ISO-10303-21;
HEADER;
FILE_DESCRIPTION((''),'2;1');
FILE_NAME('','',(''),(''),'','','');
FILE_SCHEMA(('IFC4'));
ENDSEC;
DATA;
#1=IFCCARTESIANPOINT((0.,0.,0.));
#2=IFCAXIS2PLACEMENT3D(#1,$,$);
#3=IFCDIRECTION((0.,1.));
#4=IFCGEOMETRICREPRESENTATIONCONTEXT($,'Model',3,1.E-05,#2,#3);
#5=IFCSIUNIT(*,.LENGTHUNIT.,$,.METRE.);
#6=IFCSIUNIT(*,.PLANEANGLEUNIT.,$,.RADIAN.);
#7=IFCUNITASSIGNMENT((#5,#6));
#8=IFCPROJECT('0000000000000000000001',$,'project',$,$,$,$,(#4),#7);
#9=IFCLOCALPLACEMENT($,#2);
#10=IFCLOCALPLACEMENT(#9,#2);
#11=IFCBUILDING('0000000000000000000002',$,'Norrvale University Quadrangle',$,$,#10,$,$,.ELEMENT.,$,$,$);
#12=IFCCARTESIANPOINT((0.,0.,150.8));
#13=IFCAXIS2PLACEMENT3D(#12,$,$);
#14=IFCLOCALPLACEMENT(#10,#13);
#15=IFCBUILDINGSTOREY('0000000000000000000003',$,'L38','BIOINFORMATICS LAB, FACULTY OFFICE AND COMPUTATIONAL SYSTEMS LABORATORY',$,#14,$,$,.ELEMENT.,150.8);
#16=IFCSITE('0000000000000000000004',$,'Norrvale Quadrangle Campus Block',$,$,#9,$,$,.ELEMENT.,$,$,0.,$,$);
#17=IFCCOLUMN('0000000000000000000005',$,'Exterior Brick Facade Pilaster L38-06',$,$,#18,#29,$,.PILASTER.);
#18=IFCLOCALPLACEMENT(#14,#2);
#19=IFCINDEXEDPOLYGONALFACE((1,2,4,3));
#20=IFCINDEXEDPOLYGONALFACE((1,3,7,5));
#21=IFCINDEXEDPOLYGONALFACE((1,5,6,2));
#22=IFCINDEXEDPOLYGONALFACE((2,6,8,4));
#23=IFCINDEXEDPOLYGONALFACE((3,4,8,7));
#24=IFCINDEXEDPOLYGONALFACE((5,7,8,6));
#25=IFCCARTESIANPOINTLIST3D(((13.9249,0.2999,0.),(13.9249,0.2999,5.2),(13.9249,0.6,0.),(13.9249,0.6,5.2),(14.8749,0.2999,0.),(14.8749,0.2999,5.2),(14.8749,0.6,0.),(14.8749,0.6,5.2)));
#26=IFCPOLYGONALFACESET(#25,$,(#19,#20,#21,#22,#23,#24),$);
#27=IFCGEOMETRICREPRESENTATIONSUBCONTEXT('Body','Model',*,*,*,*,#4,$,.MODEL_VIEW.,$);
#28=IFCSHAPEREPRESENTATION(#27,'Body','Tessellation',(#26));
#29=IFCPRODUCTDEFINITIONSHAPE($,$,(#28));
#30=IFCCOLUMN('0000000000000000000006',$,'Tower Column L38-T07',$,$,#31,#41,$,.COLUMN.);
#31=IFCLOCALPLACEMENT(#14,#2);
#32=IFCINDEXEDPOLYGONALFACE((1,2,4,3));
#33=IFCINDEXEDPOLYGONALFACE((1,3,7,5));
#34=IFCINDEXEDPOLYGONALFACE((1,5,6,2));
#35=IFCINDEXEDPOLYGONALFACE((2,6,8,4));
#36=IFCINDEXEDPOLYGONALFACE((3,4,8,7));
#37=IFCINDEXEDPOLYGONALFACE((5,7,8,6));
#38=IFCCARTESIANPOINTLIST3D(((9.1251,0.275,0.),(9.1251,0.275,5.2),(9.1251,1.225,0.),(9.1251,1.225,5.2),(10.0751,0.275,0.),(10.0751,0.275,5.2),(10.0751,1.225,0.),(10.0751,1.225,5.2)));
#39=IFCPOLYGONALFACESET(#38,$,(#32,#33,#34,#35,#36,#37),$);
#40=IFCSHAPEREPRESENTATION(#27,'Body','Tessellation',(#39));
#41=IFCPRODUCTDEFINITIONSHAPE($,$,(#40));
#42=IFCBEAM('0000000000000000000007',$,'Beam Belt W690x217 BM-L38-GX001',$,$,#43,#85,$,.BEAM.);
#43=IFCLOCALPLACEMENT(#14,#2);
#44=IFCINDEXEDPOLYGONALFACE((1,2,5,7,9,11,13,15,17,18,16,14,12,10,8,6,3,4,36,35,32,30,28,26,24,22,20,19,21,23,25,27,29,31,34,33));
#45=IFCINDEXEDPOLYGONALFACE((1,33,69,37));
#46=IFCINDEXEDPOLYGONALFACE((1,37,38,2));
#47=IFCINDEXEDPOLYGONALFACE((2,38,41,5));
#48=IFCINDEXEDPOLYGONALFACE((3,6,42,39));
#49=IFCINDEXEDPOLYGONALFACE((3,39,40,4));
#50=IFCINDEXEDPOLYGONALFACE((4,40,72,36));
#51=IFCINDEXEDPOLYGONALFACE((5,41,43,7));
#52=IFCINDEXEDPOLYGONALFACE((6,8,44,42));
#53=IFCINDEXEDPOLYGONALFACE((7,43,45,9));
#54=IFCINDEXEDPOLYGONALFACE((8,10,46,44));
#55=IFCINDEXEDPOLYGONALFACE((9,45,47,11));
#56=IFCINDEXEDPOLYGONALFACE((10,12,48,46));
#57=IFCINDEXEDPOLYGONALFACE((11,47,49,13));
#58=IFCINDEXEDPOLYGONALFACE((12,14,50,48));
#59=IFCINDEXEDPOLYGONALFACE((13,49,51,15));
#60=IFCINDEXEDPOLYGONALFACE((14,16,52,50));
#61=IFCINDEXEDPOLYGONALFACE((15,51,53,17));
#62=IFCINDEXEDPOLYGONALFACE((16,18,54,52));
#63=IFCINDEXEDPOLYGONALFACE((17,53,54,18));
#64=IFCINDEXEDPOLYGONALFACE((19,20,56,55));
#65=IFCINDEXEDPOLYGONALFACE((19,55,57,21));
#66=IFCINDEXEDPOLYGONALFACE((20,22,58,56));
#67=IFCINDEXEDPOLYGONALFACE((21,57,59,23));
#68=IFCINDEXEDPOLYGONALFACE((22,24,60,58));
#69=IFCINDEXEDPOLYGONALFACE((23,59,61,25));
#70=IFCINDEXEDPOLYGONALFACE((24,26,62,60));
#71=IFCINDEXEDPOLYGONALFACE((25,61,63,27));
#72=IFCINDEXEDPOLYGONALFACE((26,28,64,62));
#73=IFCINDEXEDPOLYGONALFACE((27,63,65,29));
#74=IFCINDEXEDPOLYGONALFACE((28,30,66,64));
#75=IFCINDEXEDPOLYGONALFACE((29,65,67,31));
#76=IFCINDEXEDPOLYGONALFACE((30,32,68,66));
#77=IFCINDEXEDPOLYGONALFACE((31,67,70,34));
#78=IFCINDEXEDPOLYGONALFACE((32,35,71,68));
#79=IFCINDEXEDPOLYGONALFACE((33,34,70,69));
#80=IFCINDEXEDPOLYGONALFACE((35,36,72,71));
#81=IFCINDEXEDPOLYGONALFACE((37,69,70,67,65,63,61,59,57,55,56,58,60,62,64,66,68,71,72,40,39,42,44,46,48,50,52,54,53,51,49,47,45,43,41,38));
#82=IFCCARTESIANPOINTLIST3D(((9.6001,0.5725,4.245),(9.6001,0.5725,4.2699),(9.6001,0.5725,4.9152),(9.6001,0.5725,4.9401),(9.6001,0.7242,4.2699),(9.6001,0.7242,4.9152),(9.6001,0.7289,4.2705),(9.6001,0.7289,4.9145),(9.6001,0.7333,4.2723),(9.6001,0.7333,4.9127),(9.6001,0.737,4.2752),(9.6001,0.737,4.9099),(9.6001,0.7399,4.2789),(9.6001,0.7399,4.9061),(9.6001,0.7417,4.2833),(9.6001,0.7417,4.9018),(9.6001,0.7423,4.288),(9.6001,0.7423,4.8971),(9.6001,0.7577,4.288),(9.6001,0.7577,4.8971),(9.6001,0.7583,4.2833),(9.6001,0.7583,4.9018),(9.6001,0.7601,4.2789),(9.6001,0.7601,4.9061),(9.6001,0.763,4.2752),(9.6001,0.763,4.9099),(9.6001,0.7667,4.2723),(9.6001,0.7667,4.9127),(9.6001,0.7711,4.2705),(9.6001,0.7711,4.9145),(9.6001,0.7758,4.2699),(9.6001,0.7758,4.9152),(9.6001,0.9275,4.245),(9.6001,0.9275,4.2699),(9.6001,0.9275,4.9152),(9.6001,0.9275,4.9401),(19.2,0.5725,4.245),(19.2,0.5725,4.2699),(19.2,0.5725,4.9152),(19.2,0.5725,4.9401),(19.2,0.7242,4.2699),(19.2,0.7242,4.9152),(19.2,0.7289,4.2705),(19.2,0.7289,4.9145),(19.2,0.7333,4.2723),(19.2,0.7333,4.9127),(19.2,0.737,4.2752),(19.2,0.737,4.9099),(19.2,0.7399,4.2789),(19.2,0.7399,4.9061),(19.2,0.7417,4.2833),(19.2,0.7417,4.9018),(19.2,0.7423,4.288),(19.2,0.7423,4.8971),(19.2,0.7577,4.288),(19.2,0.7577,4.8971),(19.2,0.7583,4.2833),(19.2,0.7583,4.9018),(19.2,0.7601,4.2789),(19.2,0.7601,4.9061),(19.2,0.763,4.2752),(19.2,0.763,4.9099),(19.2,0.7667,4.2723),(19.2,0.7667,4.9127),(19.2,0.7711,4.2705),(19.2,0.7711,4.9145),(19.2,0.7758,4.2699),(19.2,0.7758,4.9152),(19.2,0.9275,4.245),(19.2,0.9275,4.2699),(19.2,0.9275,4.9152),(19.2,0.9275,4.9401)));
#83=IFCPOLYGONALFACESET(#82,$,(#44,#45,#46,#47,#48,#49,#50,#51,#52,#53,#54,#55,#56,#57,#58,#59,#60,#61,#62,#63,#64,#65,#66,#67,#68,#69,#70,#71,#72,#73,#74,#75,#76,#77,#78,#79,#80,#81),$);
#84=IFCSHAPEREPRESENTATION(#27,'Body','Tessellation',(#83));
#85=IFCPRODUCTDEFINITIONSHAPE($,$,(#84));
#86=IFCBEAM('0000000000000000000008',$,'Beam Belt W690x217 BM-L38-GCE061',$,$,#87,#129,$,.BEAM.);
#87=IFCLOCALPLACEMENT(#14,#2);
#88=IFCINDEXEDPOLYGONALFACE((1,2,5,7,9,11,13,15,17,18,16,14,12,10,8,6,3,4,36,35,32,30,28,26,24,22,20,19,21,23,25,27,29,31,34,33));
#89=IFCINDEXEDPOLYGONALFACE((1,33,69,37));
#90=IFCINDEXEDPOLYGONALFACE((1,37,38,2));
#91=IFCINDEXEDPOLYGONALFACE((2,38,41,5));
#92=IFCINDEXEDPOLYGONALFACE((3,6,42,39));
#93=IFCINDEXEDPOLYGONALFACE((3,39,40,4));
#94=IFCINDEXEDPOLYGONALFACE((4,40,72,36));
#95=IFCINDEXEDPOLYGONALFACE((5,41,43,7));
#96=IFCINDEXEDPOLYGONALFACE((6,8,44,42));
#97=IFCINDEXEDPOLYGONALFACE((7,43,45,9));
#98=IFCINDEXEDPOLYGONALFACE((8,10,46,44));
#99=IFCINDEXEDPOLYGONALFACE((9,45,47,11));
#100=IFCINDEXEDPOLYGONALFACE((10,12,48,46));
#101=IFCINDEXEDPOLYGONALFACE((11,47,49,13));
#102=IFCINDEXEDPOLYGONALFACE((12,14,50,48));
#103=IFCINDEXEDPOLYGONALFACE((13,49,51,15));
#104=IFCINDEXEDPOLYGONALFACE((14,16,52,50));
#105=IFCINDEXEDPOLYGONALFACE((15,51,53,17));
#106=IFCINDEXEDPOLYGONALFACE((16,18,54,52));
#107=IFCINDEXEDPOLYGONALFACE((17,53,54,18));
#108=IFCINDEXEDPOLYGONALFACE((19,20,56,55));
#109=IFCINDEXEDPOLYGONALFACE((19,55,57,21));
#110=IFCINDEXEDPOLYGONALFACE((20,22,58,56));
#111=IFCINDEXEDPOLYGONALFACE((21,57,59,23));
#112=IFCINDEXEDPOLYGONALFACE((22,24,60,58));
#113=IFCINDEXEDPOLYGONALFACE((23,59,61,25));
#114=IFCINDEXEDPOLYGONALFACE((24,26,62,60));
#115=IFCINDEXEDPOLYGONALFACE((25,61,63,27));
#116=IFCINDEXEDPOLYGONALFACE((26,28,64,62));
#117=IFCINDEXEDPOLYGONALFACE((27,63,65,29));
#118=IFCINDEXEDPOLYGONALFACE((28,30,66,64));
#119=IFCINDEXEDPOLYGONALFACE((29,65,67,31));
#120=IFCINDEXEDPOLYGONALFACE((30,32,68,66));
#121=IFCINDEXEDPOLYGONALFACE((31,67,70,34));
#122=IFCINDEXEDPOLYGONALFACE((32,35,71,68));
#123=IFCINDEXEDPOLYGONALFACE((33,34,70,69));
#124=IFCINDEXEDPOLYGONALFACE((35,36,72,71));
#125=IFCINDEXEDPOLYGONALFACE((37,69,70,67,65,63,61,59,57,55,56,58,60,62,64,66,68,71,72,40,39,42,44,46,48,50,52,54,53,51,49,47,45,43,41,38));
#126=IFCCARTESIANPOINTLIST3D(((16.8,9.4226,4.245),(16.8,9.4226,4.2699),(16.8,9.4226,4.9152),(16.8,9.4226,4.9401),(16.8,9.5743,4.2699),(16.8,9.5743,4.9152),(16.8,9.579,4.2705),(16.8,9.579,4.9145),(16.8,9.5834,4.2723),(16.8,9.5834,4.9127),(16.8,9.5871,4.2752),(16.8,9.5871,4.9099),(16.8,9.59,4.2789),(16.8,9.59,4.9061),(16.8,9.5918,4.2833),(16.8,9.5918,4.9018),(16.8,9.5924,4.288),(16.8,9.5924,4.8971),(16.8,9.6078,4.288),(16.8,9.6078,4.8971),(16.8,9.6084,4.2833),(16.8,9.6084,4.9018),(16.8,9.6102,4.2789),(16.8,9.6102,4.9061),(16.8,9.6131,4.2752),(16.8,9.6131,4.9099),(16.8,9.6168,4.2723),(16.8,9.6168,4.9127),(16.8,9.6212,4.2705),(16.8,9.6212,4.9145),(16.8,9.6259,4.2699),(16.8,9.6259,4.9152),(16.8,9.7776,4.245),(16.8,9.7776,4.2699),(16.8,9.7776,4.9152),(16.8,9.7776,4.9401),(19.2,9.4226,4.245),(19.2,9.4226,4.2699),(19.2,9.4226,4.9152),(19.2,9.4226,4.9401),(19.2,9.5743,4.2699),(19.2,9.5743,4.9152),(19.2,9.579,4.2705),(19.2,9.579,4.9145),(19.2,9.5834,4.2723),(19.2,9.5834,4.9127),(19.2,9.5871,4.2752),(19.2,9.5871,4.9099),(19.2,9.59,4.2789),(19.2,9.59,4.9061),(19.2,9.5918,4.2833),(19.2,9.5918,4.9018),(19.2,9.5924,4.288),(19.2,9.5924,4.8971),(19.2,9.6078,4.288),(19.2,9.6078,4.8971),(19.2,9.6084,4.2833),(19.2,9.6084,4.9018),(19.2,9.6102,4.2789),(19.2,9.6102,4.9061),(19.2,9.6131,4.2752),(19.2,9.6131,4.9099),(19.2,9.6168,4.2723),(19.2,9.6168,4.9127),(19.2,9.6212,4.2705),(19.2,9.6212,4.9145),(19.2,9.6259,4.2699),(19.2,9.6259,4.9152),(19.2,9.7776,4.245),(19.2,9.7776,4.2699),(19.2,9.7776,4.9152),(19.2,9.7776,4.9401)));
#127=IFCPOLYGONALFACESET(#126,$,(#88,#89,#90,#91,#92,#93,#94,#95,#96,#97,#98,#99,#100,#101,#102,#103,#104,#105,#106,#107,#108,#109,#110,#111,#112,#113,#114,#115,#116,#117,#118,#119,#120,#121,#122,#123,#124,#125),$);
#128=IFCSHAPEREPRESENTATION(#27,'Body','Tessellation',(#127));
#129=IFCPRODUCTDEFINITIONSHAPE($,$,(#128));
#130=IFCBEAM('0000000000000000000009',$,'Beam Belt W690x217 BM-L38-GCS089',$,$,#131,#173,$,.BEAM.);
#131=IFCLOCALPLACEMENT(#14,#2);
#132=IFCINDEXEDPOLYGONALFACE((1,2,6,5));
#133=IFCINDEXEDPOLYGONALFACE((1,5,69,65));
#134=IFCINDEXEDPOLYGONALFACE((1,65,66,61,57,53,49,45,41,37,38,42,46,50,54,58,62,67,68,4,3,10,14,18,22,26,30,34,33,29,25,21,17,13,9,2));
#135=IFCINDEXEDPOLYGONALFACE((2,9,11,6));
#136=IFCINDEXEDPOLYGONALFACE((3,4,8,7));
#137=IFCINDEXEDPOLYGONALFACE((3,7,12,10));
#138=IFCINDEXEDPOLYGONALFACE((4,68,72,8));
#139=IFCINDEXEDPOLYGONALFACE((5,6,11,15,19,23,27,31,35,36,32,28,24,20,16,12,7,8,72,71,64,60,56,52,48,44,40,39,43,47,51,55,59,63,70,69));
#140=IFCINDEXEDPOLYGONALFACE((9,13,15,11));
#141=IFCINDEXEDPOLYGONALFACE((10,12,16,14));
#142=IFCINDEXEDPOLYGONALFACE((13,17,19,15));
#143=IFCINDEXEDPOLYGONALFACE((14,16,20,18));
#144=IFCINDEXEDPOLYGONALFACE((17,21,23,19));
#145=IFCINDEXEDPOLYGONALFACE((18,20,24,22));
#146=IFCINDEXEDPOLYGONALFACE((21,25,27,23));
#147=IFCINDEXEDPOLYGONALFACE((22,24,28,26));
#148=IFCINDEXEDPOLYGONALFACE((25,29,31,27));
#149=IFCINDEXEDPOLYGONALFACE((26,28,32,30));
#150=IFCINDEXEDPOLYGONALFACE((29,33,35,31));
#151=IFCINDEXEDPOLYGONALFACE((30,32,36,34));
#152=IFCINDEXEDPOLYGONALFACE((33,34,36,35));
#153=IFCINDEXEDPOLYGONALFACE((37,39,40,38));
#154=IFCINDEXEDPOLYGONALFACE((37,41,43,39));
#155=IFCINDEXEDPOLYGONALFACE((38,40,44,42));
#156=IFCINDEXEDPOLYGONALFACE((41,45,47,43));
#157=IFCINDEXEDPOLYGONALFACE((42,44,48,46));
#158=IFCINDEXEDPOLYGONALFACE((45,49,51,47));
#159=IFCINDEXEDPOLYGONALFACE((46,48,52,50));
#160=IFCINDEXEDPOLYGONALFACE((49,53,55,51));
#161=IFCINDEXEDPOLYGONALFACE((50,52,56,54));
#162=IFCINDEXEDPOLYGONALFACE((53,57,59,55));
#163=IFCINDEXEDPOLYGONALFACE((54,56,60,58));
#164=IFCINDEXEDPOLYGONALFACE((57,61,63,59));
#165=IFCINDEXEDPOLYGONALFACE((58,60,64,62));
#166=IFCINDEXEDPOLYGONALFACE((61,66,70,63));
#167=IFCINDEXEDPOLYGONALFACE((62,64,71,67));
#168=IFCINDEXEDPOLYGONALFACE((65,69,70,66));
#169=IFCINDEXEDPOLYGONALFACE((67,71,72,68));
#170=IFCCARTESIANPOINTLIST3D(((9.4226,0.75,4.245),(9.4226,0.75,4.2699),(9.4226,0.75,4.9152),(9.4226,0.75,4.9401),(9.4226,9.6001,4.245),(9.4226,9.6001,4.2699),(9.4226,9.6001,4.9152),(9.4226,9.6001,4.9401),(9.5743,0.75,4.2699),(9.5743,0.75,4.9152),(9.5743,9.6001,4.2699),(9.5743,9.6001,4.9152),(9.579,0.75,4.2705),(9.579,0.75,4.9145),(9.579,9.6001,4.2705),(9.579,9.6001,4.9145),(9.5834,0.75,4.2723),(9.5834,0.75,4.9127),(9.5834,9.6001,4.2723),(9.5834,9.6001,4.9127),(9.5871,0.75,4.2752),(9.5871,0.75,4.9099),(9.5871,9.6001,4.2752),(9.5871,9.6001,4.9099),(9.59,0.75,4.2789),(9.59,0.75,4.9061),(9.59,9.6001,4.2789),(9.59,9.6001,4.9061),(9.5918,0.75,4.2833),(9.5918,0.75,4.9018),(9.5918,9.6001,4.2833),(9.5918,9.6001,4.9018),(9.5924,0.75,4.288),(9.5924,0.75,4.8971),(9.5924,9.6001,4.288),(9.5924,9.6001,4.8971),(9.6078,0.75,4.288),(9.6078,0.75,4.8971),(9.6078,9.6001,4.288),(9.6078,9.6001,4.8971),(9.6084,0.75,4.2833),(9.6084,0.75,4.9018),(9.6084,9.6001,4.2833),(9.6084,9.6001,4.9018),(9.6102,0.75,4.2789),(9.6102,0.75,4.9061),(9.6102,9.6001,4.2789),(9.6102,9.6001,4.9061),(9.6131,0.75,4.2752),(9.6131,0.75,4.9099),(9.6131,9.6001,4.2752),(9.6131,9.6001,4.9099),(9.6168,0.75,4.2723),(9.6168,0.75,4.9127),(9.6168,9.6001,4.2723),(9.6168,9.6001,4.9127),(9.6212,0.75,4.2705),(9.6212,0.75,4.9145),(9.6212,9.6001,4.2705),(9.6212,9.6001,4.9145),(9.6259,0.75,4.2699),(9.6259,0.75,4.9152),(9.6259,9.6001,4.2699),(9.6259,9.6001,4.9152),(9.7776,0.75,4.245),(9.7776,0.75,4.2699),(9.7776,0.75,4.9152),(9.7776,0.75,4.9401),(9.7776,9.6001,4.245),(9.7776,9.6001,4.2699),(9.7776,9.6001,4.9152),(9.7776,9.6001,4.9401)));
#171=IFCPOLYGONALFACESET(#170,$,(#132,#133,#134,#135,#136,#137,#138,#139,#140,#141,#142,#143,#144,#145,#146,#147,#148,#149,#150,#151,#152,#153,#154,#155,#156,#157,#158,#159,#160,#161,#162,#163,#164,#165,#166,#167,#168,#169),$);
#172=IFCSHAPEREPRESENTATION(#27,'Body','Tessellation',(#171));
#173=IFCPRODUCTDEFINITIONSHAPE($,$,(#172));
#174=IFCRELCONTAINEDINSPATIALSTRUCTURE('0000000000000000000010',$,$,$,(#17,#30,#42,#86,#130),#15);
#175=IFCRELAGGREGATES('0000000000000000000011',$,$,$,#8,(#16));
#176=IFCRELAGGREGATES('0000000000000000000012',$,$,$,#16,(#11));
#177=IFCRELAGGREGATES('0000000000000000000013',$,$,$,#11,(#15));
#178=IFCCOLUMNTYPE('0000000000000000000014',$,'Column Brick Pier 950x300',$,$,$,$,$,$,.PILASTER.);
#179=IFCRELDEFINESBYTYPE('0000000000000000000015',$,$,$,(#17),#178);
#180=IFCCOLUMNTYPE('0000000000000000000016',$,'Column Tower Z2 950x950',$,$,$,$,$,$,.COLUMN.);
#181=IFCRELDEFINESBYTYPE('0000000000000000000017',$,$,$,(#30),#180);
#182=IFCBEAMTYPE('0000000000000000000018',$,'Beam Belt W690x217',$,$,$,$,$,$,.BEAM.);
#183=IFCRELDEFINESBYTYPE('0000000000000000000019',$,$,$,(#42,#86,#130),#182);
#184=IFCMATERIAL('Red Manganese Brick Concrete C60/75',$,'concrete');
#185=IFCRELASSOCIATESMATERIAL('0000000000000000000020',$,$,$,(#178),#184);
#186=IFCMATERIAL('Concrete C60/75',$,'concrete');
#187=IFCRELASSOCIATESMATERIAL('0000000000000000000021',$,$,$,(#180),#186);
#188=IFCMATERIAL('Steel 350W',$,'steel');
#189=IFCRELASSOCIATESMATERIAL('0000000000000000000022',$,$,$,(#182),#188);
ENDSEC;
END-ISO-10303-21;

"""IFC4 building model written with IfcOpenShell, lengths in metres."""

from ifc_helpers import new_model, si_unit, direction, frame, origin, origin_2d, place, context, subcontext, project, spatial, rectangle, i_section, extrude, material, material_profile, profile_set, type_object, element, save


model = new_model("IFC4")

# Units and contexts
model_context = context("Model", 3, precision=1e-05, world=origin(), true_north=direction((0.0, 1.0)))
body_context = subcontext(model_context, "Body", "Model", "MODEL_VIEW")
ifc_project = project(units=[si_unit("LENGTHUNIT", "METRE"), si_unit("PLANEANGLEUNIT", "RADIAN")], contexts=[model_context])

# Site, building, storey
site_placement = place(None, origin())
site = spatial("IfcSite", under=ifc_project, at=site_placement, Name="Norrvale Quadrangle Campus Block", CompositionType="ELEMENT", RefElevation=0.0)
building_placement = place(site_placement, origin())
building = spatial("IfcBuilding", under=site, at=building_placement, Name="Norrvale University Quadrangle", CompositionType="ELEMENT")
storey_placement = place(building_placement, frame((0.0, 0.0, 150.8)))
storey = spatial("IfcBuildingStorey", under=building, at=storey_placement, Name="L38", Description="BIOINFORMATICS LAB, FACULTY OFFICE AND COMPUTATIONAL SYSTEMS LABORATORY", CompositionType="ELEMENT", Elevation=150.8)

# Columns
ifc_material_1 = material(Name="Red Manganese Brick Concrete C60/75", Category="concrete")
ifc_material_profile_1 = material_profile(ifc_material_1, rectangle(XDim=0.95, YDim=0.3, at=origin_2d()), Name="Red Manganese Brick Concrete C60/75")
ifc_profile_set_1 = profile_set([ifc_material_profile_1], Name="Red Manganese Brick Concrete C60/75")
column_type_1 = type_object("IfcColumnType", Name="Column Brick Pier 950x300", PredefinedType="PILASTER", material=ifc_profile_set_1)
column_1_placement = place(storey_placement, frame((14.3999, 0.45, 0.0), z_axis=(0.0, 0.0, 1.0), x_axis=(1.0, 0.0, 0.0)))
element("IfcColumn", 1, at=column_1_placement, inside=storey, type_object=column_type_1, Name="Exterior Brick Facade Pilaster L38-06", PredefinedType="PILASTER", context=body_context, shape_type="SweptSolid", body=[
    extrude(rectangle(XDim=0.95, YDim=0.3, at=origin_2d()), origin(), (0.0, 0.0, 1.0), 5.2),
])
ifc_material_2 = material(Name="Concrete C60/75", Category="concrete")
ifc_material_profile_2 = material_profile(ifc_material_2, rectangle(XDim=0.95, YDim=0.95, at=origin_2d()), Name="Concrete C60/75")
ifc_profile_set_2 = profile_set([ifc_material_profile_2], Name="Concrete C60/75")
column_type_2 = type_object("IfcColumnType", Name="Column Tower Z2 950x950", PredefinedType="COLUMN", material=ifc_profile_set_2)
column_2_placement = place(storey_placement, frame((9.6001, 0.75, 0.0), z_axis=(0.0, 0.0, 1.0), x_axis=(1.0, 0.0, 0.0)))
element("IfcColumn", 2, at=column_2_placement, inside=storey, type_object=column_type_2, Name="Tower Column L38-T07", PredefinedType="COLUMN", context=body_context, shape_type="SweptSolid", body=[
    extrude(rectangle(XDim=0.95, YDim=0.95, at=origin_2d()), origin(), (0.0, 0.0, 1.0), 5.2),
])

# Beams
ifc_material_3 = material(Name="Steel 350W", Category="steel")
ifc_material_profile_3 = material_profile(ifc_material_3, i_section(OverallWidth=0.355, OverallDepth=0.6951, WebThickness=0.0154, FlangeThickness=0.0249, FilletRadius=0.0181, at=origin_2d()), Name="Steel 350W")
ifc_profile_set_3 = profile_set([ifc_material_profile_3], Name="Steel 350W")
beam_type_1 = type_object("IfcBeamType", Name="Beam Belt W690x217", PredefinedType="BEAM", material=ifc_profile_set_3)
beam_1_placement = place(storey_placement, frame((9.6001, 0.75, 4.5925), z_axis=(1.0, 0.0, 0.0), x_axis=(0.0, 1.0, 0.0)))
element("IfcBeam", 3, at=beam_1_placement, inside=storey, type_object=beam_type_1, Name="Beam Belt W690x217 BM-L38-GX001", PredefinedType="BEAM", context=body_context, shape_type="SweptSolid", body=[
    extrude(i_section(OverallWidth=0.355, OverallDepth=0.6951, WebThickness=0.0154, FlangeThickness=0.0249, FilletRadius=0.0181, at=origin_2d()), origin(), (0.0, 0.0, 1.0), 9.5999),
])
beam_2_placement = place(storey_placement, frame((16.8, 9.6001, 4.5925), z_axis=(1.0, 0.0, 0.0), x_axis=(0.0, 1.0, 0.0)))
element("IfcBeam", 4, at=beam_2_placement, inside=storey, type_object=beam_type_1, Name="Beam Belt W690x217 BM-L38-GCE061", PredefinedType="BEAM", context=body_context, shape_type="SweptSolid", body=[
    extrude(i_section(OverallWidth=0.355, OverallDepth=0.6951, WebThickness=0.0154, FlangeThickness=0.0249, FilletRadius=0.0181, at=origin_2d()), origin(), (0.0, 0.0, 1.0), 2.3999),
])
beam_3_placement = place(storey_placement, frame((9.6001, 0.75, 4.5925), z_axis=(0.0, 1.0, 0.0), x_axis=(-1.0, 0.0, 0.0)))
element("IfcBeam", 5, at=beam_3_placement, inside=storey, type_object=beam_type_1, Name="Beam Belt W690x217 BM-L38-GCS089", PredefinedType="BEAM", context=body_context, shape_type="SweptSolid", body=[
    extrude(i_section(OverallWidth=0.355, OverallDepth=0.6951, WebThickness=0.0154, FlangeThickness=0.0249, FilletRadius=0.0181, at=origin_2d()), origin(), (0.0, 0.0, 1.0), 8.8501),
])

save(model, "model.ifc")
